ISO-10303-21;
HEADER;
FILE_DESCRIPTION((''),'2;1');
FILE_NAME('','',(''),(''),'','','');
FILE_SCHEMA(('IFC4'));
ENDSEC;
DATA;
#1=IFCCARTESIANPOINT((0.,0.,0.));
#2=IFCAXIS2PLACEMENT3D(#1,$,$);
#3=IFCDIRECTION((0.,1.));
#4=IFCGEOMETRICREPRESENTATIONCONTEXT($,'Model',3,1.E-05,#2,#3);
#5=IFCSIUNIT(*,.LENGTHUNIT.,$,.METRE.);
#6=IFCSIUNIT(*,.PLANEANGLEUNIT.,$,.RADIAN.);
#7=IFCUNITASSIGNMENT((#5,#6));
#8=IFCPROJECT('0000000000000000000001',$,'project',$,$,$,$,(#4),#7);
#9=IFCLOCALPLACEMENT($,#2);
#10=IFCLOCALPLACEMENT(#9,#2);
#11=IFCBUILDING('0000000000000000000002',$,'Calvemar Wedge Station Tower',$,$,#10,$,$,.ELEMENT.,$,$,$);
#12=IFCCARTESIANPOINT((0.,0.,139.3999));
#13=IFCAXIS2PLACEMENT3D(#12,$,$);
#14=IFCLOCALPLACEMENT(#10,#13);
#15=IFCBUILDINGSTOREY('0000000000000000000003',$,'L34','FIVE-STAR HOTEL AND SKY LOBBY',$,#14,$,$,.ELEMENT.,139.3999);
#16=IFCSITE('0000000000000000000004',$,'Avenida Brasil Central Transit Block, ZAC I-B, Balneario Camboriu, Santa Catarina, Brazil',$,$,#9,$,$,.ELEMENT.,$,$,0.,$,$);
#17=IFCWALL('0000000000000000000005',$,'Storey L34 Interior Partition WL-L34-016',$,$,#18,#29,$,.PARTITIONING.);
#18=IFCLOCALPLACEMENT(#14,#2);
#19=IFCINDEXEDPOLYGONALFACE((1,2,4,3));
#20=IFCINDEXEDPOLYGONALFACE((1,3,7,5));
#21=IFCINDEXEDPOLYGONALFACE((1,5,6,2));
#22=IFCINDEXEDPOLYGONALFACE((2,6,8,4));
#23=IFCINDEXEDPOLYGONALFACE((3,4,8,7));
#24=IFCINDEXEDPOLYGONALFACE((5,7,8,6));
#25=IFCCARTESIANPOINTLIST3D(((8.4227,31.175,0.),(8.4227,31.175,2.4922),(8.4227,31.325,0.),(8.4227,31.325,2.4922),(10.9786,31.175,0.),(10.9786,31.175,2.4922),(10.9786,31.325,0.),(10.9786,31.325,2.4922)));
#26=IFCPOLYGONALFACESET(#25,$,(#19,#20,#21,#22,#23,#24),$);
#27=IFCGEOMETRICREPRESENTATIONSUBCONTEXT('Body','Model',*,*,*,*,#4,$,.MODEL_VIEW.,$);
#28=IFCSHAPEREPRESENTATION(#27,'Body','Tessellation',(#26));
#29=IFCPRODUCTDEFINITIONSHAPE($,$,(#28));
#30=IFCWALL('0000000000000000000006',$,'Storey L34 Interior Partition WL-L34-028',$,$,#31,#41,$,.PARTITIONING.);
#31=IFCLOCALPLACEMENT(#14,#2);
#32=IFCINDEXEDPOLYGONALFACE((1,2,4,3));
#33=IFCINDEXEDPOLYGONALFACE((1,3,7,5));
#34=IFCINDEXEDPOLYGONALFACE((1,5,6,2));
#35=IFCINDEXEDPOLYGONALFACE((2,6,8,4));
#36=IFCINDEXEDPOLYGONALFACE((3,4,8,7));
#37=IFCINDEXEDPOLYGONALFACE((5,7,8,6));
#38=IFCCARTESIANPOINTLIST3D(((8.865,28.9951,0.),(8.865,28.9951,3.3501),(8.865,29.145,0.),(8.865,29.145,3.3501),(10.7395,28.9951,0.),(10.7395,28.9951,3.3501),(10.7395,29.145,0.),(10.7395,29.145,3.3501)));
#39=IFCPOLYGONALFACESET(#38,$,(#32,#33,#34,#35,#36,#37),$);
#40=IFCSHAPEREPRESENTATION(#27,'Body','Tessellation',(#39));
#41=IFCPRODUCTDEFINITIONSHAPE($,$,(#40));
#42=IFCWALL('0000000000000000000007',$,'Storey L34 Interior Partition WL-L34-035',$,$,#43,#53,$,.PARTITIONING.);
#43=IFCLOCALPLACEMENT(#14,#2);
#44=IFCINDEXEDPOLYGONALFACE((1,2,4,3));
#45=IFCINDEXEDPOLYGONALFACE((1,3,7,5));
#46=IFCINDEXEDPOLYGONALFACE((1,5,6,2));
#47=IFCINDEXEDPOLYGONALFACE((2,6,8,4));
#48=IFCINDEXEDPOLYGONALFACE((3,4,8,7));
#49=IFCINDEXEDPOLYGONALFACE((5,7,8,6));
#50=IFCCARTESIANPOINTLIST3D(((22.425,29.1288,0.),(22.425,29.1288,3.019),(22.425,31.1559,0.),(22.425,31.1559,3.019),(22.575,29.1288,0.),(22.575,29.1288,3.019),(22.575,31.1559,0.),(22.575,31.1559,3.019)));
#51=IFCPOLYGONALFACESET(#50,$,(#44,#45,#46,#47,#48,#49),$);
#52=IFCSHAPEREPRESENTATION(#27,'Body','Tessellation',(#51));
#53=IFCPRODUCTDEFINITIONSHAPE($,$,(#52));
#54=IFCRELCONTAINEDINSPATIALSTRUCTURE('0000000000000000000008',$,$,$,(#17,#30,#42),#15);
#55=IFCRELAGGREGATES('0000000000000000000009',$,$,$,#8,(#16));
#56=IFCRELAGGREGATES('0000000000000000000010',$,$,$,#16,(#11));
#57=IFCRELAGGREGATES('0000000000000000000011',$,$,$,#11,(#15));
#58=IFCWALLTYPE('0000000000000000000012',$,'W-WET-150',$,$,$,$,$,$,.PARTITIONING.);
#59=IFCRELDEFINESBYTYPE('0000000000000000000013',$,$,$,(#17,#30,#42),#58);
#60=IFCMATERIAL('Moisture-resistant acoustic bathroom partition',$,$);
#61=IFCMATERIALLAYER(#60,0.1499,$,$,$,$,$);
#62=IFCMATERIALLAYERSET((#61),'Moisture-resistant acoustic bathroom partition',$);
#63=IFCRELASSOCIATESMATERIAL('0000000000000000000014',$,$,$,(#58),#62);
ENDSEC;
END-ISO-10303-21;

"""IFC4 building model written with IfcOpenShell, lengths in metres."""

from ifc_helpers import new_model, si_unit, direction, frame, frame_2d, origin, place, context, subcontext, project, spatial, rectangle, extrude, material, layer, layer_set, type_object, element, save


model = new_model("IFC4")

# Units and contexts
model_context = context("Model", 3, precision=1e-05, world=origin(), true_north=direction((0.0, 1.0)))
body_context = subcontext(model_context, "Body", "Model", "MODEL_VIEW")
ifc_project = project(units=[si_unit("LENGTHUNIT", "METRE"), si_unit("PLANEANGLEUNIT", "RADIAN")], contexts=[model_context])

# Site, building, storey
site_placement = place(None, origin())
site = spatial("IfcSite", under=ifc_project, at=site_placement, Name="Avenida Brasil Central Transit Block, ZAC I-B, Balneario Camboriu, Santa Catarina, Brazil", CompositionType="ELEMENT", RefElevation=0.0)
building_placement = place(site_placement, origin())
building = spatial("IfcBuilding", under=site, at=building_placement, Name="Calvemar Wedge Station Tower", CompositionType="ELEMENT")
storey_placement = place(building_placement, frame((0.0, 0.0, 139.3999)))
storey = spatial("IfcBuildingStorey", under=building, at=storey_placement, Name="L34", Description="FIVE-STAR HOTEL AND SKY LOBBY", CompositionType="ELEMENT", Elevation=139.3999)

# Wall
ifc_material_1 = material(Name="Moisture-resistant acoustic bathroom partition")
ifc_layer_1 = layer(ifc_material_1, 0.1499)
ifc_layer_set_1 = layer_set([ifc_layer_1], Name="Moisture-resistant acoustic bathroom partition")
wall_type_1 = type_object("IfcWallType", Name="W-WET-150", PredefinedType="PARTITIONING", material=ifc_layer_set_1)
wall_1_placement = place(storey_placement, frame((10.9785, 31.25, 0.0), z_axis=(0.0, 0.0, 1.0), x_axis=(-1.0, 0.0, 0.0)))
element("IfcWall", 1, at=wall_1_placement, inside=storey, type_object=wall_type_1, Name="Storey L34 Interior Partition WL-L34-016", PredefinedType="PARTITIONING", context=body_context, shape_type="SweptSolid", body=[
    extrude(rectangle(XDim=2.5559, YDim=0.1499, at=frame_2d((1.2778, 0.0))), origin(), (0.0, 0.0, 1.0), 2.4922),
])

# Wall
wall_2_placement = place(storey_placement, frame((10.7395, 29.0701, 0.0), z_axis=(0.0, 0.0, 1.0), x_axis=(-1.0, 0.0, 0.0)))
element("IfcWall", 2, at=wall_2_placement, inside=storey, type_object=wall_type_1, Name="Storey L34 Interior Partition WL-L34-028", PredefinedType="PARTITIONING", context=body_context, shape_type="SweptSolid", body=[
    extrude(rectangle(XDim=1.8745, YDim=0.1499, at=frame_2d((0.9373, 0.0))), origin(), (0.0, 0.0, 1.0), 3.3501),
])

# Wall
wall_3_placement = place(storey_placement, frame((22.5, 31.156, 0.0), z_axis=(0.0, 0.0, 1.0), x_axis=(0.0, -1.0, 0.0)))
element("IfcWall", 3, at=wall_3_placement, inside=storey, type_object=wall_type_1, Name="Storey L34 Interior Partition WL-L34-035", PredefinedType="PARTITIONING", context=body_context, shape_type="SweptSolid", body=[
    extrude(rectangle(XDim=2.0271, YDim=0.1499, at=frame_2d((1.0137, 0.0))), origin(), (0.0, 0.0, 1.0), 3.019),
])

save(model, "model.ifc")
